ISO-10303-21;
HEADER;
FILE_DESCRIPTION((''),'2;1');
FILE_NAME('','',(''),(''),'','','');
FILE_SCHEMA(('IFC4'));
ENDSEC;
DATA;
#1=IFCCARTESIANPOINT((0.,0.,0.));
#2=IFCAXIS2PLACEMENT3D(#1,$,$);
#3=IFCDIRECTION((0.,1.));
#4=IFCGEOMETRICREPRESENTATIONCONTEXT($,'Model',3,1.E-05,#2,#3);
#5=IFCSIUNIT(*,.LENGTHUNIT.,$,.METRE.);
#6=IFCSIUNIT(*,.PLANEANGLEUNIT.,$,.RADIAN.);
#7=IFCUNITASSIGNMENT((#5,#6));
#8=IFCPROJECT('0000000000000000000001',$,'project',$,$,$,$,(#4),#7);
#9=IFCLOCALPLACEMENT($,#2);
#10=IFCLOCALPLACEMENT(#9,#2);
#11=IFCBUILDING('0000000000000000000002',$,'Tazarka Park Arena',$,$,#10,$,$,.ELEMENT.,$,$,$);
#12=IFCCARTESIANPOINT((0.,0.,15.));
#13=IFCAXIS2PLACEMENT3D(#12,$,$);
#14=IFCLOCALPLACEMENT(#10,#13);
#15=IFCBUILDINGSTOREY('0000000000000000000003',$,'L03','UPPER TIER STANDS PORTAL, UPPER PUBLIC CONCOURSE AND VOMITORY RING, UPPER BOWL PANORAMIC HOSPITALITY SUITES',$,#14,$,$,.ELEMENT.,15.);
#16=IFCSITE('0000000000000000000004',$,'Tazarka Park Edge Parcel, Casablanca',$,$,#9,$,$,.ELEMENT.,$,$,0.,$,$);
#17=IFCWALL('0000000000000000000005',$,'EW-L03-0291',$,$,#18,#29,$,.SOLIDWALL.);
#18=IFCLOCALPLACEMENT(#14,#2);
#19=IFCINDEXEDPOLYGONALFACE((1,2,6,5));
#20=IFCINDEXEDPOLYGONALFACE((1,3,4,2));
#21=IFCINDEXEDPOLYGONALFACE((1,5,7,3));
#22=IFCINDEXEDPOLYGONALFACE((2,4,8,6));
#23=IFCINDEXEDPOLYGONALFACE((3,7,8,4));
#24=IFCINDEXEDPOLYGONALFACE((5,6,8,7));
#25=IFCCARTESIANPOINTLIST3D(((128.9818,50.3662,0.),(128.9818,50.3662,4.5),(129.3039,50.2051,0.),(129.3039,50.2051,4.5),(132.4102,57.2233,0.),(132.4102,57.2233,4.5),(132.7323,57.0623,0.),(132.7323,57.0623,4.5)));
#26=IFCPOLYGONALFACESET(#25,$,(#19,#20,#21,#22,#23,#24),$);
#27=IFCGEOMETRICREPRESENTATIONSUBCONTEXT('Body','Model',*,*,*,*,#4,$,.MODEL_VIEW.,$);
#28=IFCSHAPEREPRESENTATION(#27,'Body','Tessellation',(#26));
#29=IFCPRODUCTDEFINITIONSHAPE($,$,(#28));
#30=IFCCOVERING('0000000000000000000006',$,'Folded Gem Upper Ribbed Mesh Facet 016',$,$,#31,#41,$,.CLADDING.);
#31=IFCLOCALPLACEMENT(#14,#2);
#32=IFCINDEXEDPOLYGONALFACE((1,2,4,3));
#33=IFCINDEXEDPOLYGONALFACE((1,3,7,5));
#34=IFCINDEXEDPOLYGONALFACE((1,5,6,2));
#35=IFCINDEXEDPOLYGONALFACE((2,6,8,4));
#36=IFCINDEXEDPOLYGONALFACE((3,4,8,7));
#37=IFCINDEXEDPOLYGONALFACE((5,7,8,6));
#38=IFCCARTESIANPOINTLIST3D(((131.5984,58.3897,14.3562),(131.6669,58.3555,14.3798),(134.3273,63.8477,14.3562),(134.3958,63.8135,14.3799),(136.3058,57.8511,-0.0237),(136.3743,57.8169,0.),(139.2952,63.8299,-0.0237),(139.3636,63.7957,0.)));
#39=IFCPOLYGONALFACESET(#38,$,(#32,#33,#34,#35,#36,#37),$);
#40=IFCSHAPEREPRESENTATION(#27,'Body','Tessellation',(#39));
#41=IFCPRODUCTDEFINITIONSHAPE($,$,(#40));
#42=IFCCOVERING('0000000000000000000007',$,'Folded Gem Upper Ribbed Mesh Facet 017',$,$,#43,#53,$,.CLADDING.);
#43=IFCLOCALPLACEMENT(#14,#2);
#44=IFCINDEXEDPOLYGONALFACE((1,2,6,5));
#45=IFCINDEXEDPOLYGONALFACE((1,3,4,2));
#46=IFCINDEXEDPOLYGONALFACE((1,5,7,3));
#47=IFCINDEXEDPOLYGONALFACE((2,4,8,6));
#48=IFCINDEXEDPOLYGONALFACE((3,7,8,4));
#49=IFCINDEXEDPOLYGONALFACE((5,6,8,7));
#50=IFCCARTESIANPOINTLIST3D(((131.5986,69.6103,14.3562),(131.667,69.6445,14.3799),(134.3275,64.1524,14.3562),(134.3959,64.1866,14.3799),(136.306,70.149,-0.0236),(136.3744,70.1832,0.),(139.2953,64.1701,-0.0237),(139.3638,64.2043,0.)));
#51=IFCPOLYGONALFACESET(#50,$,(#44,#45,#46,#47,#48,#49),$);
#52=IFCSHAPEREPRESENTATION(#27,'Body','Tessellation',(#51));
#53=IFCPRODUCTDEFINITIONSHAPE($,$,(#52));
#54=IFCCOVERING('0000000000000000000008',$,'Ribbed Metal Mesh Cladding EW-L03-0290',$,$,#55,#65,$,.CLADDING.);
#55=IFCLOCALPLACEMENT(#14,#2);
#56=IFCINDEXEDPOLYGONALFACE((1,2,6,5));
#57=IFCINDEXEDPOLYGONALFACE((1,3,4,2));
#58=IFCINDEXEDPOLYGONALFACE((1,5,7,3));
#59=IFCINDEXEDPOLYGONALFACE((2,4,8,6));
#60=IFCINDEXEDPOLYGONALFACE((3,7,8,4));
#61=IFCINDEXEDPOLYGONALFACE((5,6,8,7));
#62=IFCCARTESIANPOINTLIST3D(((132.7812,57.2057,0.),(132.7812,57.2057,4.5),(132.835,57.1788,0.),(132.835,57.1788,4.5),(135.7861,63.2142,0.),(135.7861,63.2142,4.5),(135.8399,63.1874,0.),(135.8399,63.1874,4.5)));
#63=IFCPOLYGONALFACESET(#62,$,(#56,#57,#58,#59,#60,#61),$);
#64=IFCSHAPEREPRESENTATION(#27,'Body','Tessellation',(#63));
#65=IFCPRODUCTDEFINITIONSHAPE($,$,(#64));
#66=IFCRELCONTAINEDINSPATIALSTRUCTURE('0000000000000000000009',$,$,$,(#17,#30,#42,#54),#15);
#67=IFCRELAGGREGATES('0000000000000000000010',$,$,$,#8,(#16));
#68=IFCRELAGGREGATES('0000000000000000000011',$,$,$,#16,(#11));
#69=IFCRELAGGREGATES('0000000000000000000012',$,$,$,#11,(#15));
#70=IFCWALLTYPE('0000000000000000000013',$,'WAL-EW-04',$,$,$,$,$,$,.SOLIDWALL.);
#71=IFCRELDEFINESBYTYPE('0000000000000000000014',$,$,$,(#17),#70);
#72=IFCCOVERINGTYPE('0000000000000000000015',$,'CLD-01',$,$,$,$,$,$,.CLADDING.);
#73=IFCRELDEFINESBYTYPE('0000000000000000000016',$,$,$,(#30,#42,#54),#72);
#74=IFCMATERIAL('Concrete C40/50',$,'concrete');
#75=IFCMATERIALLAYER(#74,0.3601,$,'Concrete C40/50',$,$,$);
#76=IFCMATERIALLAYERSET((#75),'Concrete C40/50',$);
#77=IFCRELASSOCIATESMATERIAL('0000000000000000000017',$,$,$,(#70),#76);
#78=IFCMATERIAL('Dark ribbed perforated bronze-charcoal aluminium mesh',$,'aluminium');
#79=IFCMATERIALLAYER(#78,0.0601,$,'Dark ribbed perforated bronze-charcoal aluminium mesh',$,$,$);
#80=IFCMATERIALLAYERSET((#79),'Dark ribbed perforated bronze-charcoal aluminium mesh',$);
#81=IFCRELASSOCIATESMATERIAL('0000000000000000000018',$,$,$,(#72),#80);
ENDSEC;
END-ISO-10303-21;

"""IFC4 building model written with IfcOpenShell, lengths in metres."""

from ifc_helpers import new_model, si_unit, direction, frame, frame_2d, origin, origin_2d, place, context, subcontext, project, spatial, polyline, rectangle, outline, extrude, material, layer, layer_set, type_object, element, save


model = new_model("IFC4")

# Units and contexts
model_context = context("Model", 3, precision=1e-05, world=origin(), true_north=direction((0.0, 1.0)))
body_context = subcontext(model_context, "Body", "Model", "MODEL_VIEW")
ifc_project = project(units=[si_unit("LENGTHUNIT", "METRE"), si_unit("PLANEANGLEUNIT", "RADIAN")], contexts=[model_context])

# Site, building, storey
site_placement = place(None, origin())
site = spatial("IfcSite", under=ifc_project, at=site_placement, Name="Tazarka Park Edge Parcel, Casablanca", CompositionType="ELEMENT", RefElevation=0.0)
building_placement = place(site_placement, origin())
building = spatial("IfcBuilding", under=site, at=building_placement, Name="Tazarka Park Arena", CompositionType="ELEMENT")
storey_placement = place(building_placement, frame((0.0, 0.0, 15.0)))
storey = spatial("IfcBuildingStorey", under=building, at=storey_placement, Name="L03", Description="UPPER TIER STANDS PORTAL, UPPER PUBLIC CONCOURSE AND VOMITORY RING, UPPER BOWL PANORAMIC HOSPITALITY SUITES", CompositionType="ELEMENT", Elevation=15.0)

# Wall
ifc_material_1 = material(Name="Concrete C40/50", Category="concrete")
ifc_layer_1 = layer(ifc_material_1, 0.3601, Name="Concrete C40/50")
ifc_layer_set_1 = layer_set([ifc_layer_1], Name="Concrete C40/50")
wall_type_1 = type_object("IfcWallType", Name="WAL-EW-04", PredefinedType="SOLIDWALL", material=ifc_layer_set_1)
wall_1_placement = place(storey_placement, frame((132.5713, 57.1428, 0.0), z_axis=(0.0, 0.0, 1.0), x_axis=(-0.447201, -0.894434, 0.0)))
element("IfcWall", 1, at=wall_1_placement, inside=storey, type_object=wall_type_1, Name="EW-L03-0291", PredefinedType="SOLIDWALL", context=body_context, shape_type="SweptSolid", body=[
    extrude(rectangle(XDim=7.6665, YDim=0.3601, at=frame_2d((3.8333, 0.0))), origin(), (0.0, 0.0, 1.0), 4.5),
])

# Coverings
ifc_material_2 = material(Name="Dark ribbed perforated bronze-charcoal aluminium mesh", Category="aluminium")
ifc_layer_2 = layer(ifc_material_2, 0.0601, Name="Dark ribbed perforated bronze-charcoal aluminium mesh")
ifc_layer_set_2 = layer_set([ifc_layer_2], Name="Dark ribbed perforated bronze-charcoal aluminium mesh")
covering_type = type_object("IfcCoveringType", Name="CLD-01", PredefinedType="CLADDING", material=ifc_layer_set_2)
covering_1_placement = place(storey_placement, frame((136.3743, 57.8169, 0.0), z_axis=(0.85443, -0.427206, 0.29571), x_axis=(0.447208, 0.89443, -0.000007)))
element("IfcCovering", 2, at=covering_1_placement, inside=storey, type_object=covering_type, Name="Folded Gem Upper Ribbed Mesh Facet 016", PredefinedType="CLADDING", context=body_context, shape_type="SweptSolid", body=[
    extrude(outline(polyline([(0.0, 0.0), (6.6845, 0.0), (4.4786, 15.0531), (-1.6235, 15.053), (0.0, 0.0)])), origin(), (0.0, 0.0, -1.0), 0.0801),
])
covering_2_placement = place(storey_placement, frame((139.3638, 64.2043, 0.0), z_axis=(0.85443, 0.427206, 0.29571), x_axis=(-0.447208, 0.89443, 0.000007)))
element("IfcCovering", 3, at=covering_2_placement, inside=storey, type_object=covering_type, Name="Folded Gem Upper Ribbed Mesh Facet 017", PredefinedType="CLADDING", context=body_context, shape_type="SweptSolid", body=[
    extrude(outline(polyline([(0.0, 0.0), (6.6845, 0.0), (8.308, 15.053), (2.2059, 15.0531), (0.0, 0.0)])), origin(), (0.0, 0.0, -1.0), 0.0801),
])
covering_3_placement = place(storey_placement, frame((134.3105, 60.1965, 0.0), z_axis=(0.0, 0.0, 1.0), x_axis=(-0.447291, -0.894389, 0.0)))
element("IfcCovering", 4, at=covering_3_placement, inside=storey, type_object=covering_type, Name="Ribbed Metal Mesh Cladding EW-L03-0290", PredefinedType="CLADDING", context=body_context, shape_type="SweptSolid", body=[
    extrude(rectangle(XDim=6.718, YDim=0.0601, at=origin_2d()), origin(), (0.0, 0.0, 1.0), 4.5),
])

save(model, "model.ifc")
